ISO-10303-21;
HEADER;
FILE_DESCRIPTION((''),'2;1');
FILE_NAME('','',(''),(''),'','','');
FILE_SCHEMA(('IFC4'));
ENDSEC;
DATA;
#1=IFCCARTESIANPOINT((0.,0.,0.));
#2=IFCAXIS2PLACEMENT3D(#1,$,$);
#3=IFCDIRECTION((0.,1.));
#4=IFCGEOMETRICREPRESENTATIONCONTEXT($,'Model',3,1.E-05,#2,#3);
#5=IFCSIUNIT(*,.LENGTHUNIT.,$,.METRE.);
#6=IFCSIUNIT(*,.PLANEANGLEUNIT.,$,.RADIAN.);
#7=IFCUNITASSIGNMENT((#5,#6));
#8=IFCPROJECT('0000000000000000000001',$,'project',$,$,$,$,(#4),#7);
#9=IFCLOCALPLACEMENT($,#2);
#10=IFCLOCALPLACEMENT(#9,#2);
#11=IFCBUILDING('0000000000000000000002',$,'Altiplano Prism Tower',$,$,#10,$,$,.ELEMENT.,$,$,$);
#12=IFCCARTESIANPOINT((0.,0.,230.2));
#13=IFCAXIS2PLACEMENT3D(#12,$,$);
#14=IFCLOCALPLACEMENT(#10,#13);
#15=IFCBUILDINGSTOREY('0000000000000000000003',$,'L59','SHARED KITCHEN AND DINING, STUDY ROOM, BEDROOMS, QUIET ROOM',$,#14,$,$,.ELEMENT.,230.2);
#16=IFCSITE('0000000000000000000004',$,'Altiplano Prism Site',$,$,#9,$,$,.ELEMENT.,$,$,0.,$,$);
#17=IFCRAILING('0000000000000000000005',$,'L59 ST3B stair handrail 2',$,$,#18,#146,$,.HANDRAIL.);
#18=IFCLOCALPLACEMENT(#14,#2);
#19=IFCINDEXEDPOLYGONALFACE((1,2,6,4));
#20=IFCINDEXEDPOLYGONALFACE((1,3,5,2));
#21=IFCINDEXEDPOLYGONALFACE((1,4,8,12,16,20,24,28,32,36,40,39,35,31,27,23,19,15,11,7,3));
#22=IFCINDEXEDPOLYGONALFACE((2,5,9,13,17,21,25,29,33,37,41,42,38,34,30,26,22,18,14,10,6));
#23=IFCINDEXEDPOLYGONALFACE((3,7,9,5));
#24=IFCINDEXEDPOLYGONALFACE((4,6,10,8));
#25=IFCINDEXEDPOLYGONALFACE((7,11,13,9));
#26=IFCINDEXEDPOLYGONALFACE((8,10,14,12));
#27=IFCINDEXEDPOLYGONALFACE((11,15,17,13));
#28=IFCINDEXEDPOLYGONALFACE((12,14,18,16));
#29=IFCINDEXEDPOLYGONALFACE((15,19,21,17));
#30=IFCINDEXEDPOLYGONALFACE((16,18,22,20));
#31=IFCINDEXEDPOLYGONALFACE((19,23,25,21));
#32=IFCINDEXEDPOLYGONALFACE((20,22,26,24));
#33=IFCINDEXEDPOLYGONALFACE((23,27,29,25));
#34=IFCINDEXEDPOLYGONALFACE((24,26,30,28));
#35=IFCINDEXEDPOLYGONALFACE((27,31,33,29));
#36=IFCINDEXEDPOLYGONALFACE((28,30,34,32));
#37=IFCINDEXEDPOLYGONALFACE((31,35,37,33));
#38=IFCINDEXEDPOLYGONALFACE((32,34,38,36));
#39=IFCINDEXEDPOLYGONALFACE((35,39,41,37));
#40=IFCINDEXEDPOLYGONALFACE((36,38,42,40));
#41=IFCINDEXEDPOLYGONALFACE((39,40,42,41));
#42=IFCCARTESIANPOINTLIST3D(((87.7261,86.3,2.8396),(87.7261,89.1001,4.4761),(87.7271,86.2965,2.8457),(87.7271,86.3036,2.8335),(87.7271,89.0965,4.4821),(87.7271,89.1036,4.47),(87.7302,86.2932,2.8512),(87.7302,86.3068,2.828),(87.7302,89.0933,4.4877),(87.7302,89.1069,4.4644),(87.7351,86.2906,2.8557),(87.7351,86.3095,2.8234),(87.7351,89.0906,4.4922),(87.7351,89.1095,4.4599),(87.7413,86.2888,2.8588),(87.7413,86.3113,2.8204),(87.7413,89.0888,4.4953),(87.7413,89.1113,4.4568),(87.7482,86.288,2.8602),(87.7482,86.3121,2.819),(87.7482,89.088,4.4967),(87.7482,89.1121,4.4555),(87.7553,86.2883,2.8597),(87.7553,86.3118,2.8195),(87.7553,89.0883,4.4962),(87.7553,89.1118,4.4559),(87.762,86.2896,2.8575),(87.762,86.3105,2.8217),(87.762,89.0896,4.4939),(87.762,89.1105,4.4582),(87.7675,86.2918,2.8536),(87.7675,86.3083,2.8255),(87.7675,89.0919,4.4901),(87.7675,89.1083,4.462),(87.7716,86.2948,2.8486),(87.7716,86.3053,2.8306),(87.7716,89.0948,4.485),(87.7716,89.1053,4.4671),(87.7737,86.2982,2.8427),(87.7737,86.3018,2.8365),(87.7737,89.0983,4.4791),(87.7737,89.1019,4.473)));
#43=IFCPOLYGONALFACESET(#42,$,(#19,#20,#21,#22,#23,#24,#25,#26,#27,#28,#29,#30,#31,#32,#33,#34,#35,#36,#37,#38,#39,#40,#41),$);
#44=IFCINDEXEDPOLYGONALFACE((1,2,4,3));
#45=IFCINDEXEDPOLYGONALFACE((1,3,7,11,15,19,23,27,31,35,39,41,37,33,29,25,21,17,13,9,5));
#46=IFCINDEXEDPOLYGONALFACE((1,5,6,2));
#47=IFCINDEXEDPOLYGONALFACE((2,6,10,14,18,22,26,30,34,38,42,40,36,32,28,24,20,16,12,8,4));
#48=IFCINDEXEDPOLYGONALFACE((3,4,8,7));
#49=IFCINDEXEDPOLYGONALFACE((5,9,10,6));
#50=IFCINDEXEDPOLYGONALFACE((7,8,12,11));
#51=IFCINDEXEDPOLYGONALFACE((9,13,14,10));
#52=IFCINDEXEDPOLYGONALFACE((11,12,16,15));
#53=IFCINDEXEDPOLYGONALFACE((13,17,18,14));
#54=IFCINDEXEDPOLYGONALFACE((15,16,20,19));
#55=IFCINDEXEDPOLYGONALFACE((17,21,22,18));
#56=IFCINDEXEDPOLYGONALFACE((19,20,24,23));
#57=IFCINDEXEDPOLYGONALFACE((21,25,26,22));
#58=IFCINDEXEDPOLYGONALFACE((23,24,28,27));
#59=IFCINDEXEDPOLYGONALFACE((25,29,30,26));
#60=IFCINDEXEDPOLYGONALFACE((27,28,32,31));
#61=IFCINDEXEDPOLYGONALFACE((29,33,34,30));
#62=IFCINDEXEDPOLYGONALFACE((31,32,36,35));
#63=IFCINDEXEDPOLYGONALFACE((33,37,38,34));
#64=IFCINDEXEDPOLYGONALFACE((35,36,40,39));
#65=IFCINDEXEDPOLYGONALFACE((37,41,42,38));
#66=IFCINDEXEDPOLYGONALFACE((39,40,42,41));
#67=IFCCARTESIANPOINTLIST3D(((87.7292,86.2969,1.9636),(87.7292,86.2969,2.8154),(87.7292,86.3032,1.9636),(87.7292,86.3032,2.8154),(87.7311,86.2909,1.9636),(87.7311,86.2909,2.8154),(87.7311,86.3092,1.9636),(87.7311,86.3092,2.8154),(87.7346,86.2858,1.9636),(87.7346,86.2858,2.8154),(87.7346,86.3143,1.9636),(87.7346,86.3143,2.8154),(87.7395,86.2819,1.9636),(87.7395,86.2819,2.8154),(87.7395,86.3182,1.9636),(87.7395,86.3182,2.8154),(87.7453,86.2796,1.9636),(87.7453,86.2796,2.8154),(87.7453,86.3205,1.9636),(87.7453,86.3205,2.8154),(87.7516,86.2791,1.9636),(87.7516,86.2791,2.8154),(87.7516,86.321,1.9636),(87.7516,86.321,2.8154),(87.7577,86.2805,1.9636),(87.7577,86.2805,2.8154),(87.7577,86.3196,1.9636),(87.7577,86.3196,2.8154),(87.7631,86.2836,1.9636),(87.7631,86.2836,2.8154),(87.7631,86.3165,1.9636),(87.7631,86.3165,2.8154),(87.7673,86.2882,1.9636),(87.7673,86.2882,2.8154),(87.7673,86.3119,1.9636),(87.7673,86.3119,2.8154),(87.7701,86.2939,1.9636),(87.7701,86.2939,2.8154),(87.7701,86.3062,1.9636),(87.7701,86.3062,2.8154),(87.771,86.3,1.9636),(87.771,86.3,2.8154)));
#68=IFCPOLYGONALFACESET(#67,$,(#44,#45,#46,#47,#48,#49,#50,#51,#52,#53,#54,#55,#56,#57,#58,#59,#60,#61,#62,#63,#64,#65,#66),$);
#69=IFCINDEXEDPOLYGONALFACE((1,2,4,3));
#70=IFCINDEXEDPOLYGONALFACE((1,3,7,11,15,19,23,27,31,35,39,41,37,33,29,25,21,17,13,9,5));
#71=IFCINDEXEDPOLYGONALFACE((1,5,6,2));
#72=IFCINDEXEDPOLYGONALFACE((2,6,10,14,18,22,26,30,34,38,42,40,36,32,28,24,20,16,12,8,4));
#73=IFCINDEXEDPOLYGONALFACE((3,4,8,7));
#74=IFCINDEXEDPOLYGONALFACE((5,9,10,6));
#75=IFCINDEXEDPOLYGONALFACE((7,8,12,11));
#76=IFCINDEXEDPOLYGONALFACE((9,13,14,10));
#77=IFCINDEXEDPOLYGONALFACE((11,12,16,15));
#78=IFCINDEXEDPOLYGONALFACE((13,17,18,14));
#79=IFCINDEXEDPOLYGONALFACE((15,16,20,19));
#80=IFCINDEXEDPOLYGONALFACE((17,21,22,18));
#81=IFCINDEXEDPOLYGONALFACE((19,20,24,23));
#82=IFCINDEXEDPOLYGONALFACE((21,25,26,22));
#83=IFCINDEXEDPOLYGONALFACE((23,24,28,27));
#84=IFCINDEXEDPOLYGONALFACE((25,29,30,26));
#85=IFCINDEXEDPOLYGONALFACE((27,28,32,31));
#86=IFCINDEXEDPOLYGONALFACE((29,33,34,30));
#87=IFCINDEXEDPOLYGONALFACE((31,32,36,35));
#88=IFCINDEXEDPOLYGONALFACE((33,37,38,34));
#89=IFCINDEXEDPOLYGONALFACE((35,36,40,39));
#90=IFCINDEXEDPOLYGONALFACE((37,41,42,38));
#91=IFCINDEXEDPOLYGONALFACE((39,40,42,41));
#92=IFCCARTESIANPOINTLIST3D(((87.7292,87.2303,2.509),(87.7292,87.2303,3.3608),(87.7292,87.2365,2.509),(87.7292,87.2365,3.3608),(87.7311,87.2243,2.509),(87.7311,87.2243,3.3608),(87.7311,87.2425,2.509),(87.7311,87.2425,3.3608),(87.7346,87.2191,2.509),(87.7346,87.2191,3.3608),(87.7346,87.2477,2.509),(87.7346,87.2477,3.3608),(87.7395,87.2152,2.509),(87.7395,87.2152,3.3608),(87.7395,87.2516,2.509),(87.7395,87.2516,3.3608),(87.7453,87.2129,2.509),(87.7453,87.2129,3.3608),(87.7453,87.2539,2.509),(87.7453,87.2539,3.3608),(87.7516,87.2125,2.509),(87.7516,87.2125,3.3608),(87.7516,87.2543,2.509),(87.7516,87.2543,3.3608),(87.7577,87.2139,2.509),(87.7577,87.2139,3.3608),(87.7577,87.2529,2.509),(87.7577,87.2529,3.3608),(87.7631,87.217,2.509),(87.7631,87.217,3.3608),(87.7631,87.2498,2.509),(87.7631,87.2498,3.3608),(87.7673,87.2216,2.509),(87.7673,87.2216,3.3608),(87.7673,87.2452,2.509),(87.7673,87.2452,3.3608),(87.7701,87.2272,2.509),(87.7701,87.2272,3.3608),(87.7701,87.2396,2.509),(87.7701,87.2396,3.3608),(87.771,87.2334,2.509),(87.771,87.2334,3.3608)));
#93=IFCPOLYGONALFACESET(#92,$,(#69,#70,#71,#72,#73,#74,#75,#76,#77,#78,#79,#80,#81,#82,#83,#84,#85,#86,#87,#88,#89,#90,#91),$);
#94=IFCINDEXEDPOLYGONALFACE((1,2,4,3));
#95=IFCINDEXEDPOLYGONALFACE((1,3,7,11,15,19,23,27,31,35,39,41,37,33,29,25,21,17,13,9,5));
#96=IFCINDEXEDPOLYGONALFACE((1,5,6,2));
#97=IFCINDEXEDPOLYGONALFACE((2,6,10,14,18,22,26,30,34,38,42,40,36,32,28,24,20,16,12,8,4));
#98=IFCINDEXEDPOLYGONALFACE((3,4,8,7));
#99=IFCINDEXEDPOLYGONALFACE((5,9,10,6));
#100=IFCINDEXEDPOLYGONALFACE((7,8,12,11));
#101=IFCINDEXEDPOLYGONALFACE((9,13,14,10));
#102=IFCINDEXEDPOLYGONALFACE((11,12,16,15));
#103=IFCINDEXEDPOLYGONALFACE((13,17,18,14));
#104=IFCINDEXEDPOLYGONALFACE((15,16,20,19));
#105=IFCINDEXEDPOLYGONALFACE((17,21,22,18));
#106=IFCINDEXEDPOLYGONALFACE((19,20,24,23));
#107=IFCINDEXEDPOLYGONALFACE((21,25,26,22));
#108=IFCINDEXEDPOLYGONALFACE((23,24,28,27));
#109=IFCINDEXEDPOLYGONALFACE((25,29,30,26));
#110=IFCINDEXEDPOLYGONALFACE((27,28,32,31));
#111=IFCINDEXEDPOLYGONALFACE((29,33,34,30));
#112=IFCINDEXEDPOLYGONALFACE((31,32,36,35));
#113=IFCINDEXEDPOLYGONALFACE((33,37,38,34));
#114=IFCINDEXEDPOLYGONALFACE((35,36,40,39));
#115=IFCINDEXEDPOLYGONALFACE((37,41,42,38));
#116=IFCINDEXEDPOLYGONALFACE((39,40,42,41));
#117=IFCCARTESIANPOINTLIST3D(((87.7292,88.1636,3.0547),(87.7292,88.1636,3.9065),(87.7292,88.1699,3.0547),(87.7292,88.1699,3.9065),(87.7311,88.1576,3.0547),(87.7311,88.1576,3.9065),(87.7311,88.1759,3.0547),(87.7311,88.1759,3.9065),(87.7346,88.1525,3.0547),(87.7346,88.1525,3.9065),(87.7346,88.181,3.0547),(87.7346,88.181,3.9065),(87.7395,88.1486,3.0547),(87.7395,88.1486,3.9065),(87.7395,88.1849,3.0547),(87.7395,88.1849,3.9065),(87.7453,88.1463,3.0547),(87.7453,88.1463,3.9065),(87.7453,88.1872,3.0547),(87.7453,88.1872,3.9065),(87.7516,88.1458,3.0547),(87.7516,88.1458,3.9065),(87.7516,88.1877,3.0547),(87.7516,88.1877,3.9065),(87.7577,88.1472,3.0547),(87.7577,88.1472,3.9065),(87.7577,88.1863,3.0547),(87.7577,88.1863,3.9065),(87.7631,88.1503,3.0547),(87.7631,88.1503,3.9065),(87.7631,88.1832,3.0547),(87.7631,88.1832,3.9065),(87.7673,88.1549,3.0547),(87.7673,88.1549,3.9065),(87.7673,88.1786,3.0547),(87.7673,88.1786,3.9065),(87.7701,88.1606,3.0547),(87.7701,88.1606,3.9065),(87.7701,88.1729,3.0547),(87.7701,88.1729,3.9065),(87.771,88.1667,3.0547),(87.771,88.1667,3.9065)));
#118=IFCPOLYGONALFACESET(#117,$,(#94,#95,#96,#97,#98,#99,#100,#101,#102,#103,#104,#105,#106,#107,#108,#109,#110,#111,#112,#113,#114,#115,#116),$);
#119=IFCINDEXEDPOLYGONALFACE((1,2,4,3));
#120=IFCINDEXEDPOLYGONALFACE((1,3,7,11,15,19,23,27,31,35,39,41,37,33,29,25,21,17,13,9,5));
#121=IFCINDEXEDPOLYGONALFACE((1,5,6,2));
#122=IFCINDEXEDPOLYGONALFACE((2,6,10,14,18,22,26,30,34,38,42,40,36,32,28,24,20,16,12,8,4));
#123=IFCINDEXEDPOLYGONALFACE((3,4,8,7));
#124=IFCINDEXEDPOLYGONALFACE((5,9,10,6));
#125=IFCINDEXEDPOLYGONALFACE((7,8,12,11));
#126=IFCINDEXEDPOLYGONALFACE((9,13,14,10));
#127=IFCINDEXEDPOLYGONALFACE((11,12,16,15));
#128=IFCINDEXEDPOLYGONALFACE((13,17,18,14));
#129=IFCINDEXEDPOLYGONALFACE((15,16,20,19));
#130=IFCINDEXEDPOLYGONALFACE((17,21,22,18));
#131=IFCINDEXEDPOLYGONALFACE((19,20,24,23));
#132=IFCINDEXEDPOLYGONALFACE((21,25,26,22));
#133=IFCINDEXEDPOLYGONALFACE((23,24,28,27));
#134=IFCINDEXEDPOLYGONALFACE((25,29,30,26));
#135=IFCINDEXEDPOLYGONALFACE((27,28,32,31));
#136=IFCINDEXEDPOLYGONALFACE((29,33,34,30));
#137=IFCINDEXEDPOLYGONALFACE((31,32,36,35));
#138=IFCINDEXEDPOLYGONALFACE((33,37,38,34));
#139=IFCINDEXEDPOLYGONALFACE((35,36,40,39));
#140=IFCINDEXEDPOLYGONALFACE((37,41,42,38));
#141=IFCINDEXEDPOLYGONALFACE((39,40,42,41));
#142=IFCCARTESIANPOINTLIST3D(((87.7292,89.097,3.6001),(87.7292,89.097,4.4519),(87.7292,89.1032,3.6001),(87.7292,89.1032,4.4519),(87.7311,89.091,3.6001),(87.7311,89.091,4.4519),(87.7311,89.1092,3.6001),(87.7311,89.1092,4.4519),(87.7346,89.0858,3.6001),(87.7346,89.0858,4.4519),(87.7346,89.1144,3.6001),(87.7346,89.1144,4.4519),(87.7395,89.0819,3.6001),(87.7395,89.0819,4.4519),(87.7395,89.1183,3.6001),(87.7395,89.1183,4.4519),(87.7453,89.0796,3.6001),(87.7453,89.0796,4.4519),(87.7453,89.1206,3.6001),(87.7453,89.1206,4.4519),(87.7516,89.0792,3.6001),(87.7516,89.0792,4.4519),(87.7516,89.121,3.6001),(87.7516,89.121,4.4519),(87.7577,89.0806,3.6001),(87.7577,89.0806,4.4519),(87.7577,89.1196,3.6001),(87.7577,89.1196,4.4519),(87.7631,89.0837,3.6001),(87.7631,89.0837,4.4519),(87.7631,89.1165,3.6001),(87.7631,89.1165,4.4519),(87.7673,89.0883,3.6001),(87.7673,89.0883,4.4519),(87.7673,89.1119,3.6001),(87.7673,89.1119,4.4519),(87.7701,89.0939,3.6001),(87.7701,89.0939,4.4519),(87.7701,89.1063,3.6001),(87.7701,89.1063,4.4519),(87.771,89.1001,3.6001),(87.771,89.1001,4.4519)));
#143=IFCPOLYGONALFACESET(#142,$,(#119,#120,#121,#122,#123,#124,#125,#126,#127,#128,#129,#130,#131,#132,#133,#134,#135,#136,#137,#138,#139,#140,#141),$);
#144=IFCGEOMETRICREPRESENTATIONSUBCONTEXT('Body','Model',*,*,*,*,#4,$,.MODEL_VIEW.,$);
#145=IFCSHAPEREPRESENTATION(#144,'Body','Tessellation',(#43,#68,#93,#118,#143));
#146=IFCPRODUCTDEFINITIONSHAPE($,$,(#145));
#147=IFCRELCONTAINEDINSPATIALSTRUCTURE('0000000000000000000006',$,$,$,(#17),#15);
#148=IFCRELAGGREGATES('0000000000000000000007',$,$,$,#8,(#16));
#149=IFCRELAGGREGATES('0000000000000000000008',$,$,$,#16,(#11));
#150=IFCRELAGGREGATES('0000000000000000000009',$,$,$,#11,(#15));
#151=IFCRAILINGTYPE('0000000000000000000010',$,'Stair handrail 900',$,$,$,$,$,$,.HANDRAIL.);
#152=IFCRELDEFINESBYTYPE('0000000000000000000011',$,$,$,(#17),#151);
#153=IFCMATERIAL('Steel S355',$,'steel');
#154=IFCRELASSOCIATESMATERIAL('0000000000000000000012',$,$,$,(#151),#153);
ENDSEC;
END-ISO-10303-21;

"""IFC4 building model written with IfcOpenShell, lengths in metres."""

from ifc_helpers import new_model, si_unit, direction, frame, origin, origin_2d, place, context, subcontext, project, spatial, circle, extrude, material, type_object, element, save


model = new_model("IFC4")

# Units and contexts
model_context = context("Model", 3, precision=1e-05, world=origin(), true_north=direction((0.0, 1.0)))
body_context = subcontext(model_context, "Body", "Model", "MODEL_VIEW")
ifc_project = project(units=[si_unit("LENGTHUNIT", "METRE"), si_unit("PLANEANGLEUNIT", "RADIAN")], contexts=[model_context])

# Site, building, storey
site_placement = place(None, origin())
site = spatial("IfcSite", under=ifc_project, at=site_placement, Name="Altiplano Prism Site", CompositionType="ELEMENT", RefElevation=0.0)
building_placement = place(site_placement, origin())
building = spatial("IfcBuilding", under=site, at=building_placement, Name="Altiplano Prism Tower", CompositionType="ELEMENT")
storey_placement = place(building_placement, frame((0.0, 0.0, 230.2)))
storey = spatial("IfcBuildingStorey", under=building, at=storey_placement, Name="L59", Description="SHARED KITCHEN AND DINING, STUDY ROOM, BEDROOMS, QUIET ROOM", CompositionType="ELEMENT", Elevation=230.2)

# Railing
ifc_material_1 = material(Name="Steel S355", Category="steel")
railing_type_1 = type_object("IfcRailingType", Name="Stair handrail 900", PredefinedType="HANDRAIL", material=ifc_material_1)
railing_1_placement = place(storey_placement, frame((87.75, 86.3, 1.9636)))
element("IfcRailing", 1, at=railing_1_placement, inside=storey, type_object=railing_type_1, Name="L59 ST3B stair handrail 2", PredefinedType="HANDRAIL", context=body_context, shape_type="SweptSolid", body=[
    extrude(circle(Radius=0.0239, at=origin_2d()), frame((0.0, 0.0, 0.876), z_axis=(0.0, 0.863361, 0.504587), x_axis=(-1.0, 0.0, 0.0)), (0.0, 0.0, 1.0), 3.2432),
    extrude(circle(Radius=0.021, at=origin_2d()), origin(), (0.0, 0.0, 1.0), 0.8518),
    extrude(circle(Radius=0.021, at=origin_2d()), frame((0.0, 0.9333, 0.5454)), (0.0, 0.0, 1.0), 0.8518),
    extrude(circle(Radius=0.021, at=origin_2d()), frame((0.0, 1.8667, 1.0911)), (0.0, 0.0, 1.0), 0.8518),
    extrude(circle(Radius=0.021, at=origin_2d()), frame((0.0, 2.8, 1.6365)), (0.0, 0.0, 1.0), 0.8518),
])

save(model, "model.ifc")
